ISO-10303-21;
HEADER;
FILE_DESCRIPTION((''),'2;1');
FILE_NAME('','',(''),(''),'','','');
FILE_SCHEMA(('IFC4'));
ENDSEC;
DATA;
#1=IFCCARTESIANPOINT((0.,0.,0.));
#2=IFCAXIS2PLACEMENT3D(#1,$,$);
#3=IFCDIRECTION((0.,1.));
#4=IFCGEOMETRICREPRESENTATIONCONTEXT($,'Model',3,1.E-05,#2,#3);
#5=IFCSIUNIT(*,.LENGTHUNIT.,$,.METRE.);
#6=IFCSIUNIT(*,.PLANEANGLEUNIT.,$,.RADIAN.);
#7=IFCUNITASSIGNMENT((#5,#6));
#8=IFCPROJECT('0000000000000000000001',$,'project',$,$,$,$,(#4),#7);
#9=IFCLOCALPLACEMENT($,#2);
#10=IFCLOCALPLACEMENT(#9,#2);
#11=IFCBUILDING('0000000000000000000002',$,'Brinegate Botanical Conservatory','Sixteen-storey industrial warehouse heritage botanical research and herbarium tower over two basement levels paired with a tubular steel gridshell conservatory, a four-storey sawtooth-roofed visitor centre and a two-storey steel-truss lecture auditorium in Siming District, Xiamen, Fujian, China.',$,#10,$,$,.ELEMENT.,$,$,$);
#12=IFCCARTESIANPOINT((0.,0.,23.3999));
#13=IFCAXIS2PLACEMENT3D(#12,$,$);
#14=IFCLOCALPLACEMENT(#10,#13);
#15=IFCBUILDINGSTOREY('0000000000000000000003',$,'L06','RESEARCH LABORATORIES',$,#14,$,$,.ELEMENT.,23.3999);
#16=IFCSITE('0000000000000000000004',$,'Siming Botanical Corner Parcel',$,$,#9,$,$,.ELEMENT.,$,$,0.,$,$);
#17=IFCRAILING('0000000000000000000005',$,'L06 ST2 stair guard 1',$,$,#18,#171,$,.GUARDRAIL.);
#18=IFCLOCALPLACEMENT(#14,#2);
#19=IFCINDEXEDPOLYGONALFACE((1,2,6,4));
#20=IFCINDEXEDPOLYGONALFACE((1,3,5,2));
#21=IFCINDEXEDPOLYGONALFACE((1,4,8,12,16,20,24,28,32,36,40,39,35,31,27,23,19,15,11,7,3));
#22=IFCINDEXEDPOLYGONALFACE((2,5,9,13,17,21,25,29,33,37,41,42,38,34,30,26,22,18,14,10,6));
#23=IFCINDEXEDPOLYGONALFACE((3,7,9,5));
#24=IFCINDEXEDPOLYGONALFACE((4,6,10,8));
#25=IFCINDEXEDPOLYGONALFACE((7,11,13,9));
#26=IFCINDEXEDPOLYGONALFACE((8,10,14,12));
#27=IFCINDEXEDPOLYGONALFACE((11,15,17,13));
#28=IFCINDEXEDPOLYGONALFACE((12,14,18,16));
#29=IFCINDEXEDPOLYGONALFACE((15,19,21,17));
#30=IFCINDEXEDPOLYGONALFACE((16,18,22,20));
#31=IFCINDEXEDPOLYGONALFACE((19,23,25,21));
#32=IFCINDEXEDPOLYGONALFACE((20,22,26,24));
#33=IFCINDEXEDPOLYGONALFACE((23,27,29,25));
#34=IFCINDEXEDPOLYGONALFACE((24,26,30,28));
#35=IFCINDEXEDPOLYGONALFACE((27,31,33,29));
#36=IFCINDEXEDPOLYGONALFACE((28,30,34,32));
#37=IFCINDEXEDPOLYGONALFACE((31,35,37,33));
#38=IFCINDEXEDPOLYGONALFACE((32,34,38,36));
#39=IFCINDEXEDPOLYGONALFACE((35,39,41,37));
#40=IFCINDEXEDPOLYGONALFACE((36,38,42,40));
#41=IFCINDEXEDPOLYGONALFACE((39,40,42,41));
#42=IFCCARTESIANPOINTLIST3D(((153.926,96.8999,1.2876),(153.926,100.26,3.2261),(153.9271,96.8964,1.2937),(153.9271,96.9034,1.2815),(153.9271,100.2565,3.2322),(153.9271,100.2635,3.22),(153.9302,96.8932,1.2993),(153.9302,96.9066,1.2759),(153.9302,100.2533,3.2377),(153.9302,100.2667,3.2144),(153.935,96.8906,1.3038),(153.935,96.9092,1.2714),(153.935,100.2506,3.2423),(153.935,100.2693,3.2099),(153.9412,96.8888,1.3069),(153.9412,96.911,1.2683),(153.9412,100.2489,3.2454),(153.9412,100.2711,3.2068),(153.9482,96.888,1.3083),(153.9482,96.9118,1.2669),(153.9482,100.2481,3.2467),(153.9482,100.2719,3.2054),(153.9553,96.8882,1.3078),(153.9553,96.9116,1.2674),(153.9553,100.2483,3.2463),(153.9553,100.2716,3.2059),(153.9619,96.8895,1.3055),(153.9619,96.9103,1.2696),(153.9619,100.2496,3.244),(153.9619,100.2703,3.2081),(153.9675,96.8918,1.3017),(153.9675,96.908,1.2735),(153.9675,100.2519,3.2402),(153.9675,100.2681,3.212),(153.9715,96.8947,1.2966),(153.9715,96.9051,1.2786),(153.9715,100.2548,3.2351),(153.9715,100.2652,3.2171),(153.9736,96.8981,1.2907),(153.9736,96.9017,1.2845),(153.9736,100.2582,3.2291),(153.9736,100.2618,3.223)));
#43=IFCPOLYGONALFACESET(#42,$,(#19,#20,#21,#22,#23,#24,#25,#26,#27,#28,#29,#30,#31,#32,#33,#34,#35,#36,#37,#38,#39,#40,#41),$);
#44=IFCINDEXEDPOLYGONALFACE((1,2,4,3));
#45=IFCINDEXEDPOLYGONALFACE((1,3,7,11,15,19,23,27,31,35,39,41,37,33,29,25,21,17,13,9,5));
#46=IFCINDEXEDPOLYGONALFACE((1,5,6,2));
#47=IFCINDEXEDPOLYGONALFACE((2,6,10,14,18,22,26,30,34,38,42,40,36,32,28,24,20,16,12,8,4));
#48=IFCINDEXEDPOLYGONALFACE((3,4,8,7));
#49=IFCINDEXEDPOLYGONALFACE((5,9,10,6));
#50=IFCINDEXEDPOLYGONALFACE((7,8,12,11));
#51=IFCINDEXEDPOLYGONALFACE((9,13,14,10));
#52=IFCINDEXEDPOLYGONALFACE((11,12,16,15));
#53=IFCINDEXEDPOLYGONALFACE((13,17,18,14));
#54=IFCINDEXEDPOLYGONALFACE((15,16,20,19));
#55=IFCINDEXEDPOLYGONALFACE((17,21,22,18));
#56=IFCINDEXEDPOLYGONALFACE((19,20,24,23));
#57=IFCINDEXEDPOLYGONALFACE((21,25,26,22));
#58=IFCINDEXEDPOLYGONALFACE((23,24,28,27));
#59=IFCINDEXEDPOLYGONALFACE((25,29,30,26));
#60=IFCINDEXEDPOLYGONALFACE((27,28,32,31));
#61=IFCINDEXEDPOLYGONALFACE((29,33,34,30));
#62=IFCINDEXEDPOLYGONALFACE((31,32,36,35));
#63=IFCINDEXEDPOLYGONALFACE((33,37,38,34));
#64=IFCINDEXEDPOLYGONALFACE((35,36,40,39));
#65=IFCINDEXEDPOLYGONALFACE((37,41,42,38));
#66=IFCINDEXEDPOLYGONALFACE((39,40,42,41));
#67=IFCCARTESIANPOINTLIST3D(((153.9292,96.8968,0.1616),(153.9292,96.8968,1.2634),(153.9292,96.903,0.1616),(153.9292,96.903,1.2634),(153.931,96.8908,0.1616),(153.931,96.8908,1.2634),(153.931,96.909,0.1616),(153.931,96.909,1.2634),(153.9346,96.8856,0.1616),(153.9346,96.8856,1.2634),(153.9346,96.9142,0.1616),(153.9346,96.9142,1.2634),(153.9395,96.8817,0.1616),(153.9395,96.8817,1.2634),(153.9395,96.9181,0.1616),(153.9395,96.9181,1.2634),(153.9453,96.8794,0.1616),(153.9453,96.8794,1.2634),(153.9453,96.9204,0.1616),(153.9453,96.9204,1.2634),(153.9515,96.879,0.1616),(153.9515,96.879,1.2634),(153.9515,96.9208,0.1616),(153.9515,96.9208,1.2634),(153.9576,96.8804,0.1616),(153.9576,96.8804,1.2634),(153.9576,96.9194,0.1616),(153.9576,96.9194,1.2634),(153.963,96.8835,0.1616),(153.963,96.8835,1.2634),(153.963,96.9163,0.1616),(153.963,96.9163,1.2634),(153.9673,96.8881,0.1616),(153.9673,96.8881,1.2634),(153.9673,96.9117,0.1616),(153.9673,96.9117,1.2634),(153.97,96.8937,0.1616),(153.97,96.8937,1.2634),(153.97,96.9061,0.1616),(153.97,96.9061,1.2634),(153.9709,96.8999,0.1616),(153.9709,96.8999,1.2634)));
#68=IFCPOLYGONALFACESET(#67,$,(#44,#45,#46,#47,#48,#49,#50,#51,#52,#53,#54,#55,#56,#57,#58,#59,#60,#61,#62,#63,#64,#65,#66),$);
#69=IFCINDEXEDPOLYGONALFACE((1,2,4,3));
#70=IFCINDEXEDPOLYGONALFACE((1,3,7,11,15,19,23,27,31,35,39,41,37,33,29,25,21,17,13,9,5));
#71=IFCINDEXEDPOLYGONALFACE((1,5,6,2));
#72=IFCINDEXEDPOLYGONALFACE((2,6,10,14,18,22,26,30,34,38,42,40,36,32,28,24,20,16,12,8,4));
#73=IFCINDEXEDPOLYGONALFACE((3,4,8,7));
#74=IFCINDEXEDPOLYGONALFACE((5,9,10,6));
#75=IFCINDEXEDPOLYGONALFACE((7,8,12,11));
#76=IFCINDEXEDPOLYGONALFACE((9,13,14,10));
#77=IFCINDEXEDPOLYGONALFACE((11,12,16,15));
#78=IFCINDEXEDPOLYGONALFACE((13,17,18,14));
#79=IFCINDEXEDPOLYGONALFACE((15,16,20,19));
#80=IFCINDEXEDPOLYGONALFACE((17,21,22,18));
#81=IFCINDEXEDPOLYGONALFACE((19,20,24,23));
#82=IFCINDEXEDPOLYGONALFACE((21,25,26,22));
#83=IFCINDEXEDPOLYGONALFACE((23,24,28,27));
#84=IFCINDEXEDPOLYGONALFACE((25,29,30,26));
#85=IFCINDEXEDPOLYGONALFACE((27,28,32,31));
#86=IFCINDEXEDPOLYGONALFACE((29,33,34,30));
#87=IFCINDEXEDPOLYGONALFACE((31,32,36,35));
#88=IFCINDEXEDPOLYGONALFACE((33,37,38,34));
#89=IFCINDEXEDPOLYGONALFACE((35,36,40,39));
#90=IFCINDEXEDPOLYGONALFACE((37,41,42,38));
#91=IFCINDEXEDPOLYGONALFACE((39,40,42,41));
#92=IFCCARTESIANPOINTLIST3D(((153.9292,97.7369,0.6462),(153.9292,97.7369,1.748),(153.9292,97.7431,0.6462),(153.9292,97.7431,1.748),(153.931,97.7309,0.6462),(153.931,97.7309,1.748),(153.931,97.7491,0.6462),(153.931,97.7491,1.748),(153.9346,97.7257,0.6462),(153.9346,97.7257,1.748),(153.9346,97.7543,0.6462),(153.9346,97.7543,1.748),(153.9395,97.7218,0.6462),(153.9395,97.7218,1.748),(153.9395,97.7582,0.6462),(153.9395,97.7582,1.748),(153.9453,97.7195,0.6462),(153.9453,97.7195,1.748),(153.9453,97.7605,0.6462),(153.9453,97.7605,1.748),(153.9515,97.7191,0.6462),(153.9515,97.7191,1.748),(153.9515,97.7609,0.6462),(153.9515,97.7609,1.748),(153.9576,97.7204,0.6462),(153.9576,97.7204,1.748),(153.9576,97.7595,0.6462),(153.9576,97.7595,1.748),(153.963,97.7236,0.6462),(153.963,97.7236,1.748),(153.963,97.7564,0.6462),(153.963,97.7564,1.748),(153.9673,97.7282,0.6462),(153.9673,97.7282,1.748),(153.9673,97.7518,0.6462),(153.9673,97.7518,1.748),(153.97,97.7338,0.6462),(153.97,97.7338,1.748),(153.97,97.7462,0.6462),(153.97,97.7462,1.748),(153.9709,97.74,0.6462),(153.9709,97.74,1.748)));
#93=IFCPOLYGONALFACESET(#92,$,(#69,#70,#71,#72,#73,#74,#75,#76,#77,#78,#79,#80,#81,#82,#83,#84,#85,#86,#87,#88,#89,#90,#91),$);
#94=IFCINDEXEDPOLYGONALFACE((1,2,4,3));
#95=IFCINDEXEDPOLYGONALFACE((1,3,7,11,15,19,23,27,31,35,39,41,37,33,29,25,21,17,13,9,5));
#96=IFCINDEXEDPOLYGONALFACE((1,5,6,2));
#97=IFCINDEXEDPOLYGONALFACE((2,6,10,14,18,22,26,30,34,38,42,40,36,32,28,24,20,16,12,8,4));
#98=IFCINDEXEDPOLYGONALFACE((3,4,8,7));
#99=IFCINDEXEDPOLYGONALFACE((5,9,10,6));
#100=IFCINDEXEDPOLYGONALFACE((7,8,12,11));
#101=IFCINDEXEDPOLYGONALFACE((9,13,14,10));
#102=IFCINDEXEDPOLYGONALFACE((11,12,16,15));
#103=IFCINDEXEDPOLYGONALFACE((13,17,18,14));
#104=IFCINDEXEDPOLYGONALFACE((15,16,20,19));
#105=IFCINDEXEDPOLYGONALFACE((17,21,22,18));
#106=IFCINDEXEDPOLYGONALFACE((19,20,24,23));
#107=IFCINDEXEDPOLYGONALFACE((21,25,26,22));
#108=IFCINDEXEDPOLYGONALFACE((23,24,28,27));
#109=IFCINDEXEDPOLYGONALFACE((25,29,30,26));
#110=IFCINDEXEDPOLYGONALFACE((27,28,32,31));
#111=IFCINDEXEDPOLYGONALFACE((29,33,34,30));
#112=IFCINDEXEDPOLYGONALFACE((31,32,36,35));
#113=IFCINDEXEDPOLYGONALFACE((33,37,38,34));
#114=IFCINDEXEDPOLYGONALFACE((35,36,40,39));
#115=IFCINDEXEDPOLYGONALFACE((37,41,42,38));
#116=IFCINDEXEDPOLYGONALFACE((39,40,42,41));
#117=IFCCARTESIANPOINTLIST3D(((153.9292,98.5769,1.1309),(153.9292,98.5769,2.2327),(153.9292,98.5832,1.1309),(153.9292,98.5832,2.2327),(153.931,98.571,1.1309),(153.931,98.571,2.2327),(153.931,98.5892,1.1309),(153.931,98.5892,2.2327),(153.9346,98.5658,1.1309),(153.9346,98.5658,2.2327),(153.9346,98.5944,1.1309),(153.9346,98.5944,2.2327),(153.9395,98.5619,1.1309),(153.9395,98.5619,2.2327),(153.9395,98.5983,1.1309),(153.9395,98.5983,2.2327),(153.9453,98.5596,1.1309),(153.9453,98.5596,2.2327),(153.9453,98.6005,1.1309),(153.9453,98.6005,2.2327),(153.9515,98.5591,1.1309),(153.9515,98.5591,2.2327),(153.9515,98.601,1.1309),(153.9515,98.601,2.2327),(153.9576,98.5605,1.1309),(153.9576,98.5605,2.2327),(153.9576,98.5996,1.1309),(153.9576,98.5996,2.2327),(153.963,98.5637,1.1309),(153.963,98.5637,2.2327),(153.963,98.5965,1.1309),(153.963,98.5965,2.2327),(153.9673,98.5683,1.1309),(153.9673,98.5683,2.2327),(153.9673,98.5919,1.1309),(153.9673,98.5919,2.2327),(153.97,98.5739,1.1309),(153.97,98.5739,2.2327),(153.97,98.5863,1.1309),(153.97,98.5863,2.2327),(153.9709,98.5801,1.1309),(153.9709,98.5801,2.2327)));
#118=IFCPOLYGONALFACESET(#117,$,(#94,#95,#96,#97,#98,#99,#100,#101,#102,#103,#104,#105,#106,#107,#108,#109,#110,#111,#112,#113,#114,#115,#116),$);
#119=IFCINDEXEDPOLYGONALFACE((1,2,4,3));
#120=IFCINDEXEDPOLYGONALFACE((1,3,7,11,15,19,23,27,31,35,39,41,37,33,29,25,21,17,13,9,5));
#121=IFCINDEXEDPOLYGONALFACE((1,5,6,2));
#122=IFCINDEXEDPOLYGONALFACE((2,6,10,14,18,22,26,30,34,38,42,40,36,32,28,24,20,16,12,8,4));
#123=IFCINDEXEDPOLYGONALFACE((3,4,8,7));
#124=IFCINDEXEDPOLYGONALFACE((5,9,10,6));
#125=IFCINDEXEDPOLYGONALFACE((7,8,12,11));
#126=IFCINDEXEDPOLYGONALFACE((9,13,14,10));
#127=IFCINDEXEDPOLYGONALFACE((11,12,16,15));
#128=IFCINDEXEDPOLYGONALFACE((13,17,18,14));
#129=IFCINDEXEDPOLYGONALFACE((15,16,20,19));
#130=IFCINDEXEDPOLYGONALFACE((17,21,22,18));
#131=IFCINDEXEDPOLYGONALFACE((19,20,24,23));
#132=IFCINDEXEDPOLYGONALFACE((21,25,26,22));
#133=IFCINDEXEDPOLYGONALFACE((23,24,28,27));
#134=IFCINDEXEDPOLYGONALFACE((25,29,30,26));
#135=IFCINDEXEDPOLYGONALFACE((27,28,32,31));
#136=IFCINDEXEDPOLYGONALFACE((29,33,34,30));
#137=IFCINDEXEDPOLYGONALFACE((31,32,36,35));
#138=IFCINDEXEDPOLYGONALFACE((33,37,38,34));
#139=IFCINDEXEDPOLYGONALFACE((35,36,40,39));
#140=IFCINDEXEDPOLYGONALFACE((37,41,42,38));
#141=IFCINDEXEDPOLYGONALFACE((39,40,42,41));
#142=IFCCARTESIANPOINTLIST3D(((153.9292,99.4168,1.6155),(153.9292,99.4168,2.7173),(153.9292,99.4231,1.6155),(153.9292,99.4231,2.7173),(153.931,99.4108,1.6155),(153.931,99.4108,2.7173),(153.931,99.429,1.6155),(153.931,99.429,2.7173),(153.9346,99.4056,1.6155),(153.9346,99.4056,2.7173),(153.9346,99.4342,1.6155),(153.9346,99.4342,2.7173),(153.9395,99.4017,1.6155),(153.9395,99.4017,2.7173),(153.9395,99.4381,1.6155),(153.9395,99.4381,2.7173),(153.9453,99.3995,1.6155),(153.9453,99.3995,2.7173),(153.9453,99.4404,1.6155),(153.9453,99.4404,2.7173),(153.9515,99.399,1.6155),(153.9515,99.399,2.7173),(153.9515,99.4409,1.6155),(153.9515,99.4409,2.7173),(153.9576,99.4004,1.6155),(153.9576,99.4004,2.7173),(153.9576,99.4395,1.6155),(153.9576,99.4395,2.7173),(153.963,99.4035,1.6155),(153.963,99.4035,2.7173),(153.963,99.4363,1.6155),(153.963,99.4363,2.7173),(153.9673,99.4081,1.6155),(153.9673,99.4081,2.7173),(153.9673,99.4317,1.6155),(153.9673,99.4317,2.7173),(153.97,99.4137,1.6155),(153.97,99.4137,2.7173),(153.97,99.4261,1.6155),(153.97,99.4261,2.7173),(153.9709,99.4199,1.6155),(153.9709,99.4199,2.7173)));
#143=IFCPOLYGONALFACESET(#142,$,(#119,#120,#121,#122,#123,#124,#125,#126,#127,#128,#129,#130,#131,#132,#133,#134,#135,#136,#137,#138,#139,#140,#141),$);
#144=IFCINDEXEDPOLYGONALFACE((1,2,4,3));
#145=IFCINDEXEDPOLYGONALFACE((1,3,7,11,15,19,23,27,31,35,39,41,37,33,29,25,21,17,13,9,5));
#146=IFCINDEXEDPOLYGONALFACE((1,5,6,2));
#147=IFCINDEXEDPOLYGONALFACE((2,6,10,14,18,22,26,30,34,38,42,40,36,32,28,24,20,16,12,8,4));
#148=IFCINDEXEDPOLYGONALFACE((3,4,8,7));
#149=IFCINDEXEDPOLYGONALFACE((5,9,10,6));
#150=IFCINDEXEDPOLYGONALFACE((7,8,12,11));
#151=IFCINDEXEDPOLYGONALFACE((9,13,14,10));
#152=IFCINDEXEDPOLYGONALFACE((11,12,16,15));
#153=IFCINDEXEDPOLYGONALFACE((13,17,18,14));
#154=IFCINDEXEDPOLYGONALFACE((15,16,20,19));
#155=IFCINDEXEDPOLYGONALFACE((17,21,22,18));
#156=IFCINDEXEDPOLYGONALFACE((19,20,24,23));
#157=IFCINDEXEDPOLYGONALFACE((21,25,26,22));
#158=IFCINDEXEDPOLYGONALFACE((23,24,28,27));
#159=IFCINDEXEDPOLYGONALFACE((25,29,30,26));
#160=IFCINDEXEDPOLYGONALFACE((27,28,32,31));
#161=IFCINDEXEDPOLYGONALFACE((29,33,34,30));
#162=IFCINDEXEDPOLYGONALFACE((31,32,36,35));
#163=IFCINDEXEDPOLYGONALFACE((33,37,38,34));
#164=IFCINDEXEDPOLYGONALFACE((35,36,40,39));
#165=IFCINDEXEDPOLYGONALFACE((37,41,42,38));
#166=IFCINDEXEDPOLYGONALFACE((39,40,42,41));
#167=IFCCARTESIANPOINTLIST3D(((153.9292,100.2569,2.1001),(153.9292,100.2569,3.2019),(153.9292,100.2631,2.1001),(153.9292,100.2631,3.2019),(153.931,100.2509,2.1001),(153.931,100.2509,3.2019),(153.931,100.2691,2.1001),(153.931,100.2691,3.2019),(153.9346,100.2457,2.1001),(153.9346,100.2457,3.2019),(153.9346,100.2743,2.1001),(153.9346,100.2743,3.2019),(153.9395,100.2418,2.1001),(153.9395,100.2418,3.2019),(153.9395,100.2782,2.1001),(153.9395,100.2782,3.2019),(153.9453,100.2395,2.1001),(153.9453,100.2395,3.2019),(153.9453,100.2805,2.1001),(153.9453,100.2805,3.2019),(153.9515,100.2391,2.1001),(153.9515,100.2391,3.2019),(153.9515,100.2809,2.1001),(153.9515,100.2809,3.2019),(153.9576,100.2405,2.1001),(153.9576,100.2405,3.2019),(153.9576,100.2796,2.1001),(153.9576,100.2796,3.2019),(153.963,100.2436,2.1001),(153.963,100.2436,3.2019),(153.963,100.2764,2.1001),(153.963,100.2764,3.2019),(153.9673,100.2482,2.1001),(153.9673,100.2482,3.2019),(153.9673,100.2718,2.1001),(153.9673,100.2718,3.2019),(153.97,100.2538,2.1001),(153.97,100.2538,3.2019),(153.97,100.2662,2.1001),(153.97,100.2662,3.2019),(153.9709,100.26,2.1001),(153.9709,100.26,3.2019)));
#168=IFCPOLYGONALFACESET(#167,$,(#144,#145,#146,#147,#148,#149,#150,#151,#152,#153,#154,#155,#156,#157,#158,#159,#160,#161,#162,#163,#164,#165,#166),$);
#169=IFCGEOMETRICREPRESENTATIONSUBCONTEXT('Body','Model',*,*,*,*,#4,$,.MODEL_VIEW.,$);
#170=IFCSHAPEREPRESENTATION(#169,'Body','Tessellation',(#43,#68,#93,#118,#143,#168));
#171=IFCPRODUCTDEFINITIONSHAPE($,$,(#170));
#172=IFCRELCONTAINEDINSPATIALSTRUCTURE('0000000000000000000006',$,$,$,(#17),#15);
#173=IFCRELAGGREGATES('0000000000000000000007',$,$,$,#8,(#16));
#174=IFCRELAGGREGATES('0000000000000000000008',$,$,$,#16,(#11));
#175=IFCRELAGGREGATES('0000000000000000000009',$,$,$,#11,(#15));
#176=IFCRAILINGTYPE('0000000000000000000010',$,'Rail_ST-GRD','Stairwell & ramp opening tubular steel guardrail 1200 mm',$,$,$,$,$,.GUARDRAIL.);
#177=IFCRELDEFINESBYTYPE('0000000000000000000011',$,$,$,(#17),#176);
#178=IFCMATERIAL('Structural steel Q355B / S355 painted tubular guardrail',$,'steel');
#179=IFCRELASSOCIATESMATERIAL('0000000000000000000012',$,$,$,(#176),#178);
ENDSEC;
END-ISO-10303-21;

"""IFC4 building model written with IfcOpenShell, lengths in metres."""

from ifc_helpers import new_model, si_unit, direction, frame, origin, origin_2d, place, context, subcontext, project, spatial, circle, extrude, material, type_object, element, save


model = new_model("IFC4")

# Units and contexts
model_context = context("Model", 3, precision=1e-05, world=origin(), true_north=direction((0.0, 1.0)))
body_context = subcontext(model_context, "Body", "Model", "MODEL_VIEW")
ifc_project = project(units=[si_unit("LENGTHUNIT", "METRE"), si_unit("PLANEANGLEUNIT", "RADIAN")], contexts=[model_context])

# Site, building, storey
site_placement = place(None, origin())
site = spatial("IfcSite", under=ifc_project, at=site_placement, Name="Siming Botanical Corner Parcel", CompositionType="ELEMENT", RefElevation=0.0)
building_placement = place(site_placement, origin())
building = spatial("IfcBuilding", under=site, at=building_placement, Name="Brinegate Botanical Conservatory", Description="Sixteen-storey industrial warehouse heritage botanical research and herbarium tower over two basement levels paired with a tubular steel gridshell conservatory, a four-storey sawtooth-roofed visitor centre and a two-storey steel-truss lecture auditorium in Siming District, Xiamen, Fujian, China.", CompositionType="ELEMENT")
storey_placement = place(building_placement, frame((0.0, 0.0, 23.3999)))
storey = spatial("IfcBuildingStorey", under=building, at=storey_placement, Name="L06", Description="RESEARCH LABORATORIES", CompositionType="ELEMENT", Elevation=23.3999)

# Railing
ifc_material_1 = material(Name="Structural steel Q355B / S355 painted tubular guardrail", Category="steel")
railing_type_1 = type_object("IfcRailingType", Name="Rail_ST-GRD", Description="Stairwell & ramp opening tubular steel guardrail 1200 mm", PredefinedType="GUARDRAIL", material=ifc_material_1)
railing_1_placement = place(storey_placement, frame((153.95, 96.8999, 0.1616)))
element("IfcRailing", 1, at=railing_1_placement, inside=storey, type_object=railing_type_1, Name="L06 ST2 stair guard 1", PredefinedType="GUARDRAIL", context=body_context, shape_type="SweptSolid", body=[
    extrude(circle(Radius=0.0239, at=origin_2d()), frame((0.0, 0.0, 1.126), z_axis=(0.0, 0.866191, 0.499713), x_axis=(-1.0, 0.0, 0.0)), (0.0, 0.0, 1.0), 3.8792),
    extrude(circle(Radius=0.021, at=origin_2d()), origin(), (0.0, 0.0, 1.0), 1.1018),
    extrude(circle(Radius=0.021, at=origin_2d()), frame((0.0, 0.8401, 0.4846)), (0.0, 0.0, 1.0), 1.1018),
    extrude(circle(Radius=0.021, at=origin_2d()), frame((0.0, 1.6802, 0.9692)), (0.0, 0.0, 1.0), 1.1018),
    extrude(circle(Radius=0.021, at=origin_2d()), frame((0.0, 2.52, 1.4539)), (0.0, 0.0, 1.0), 1.1018),
    extrude(circle(Radius=0.021, at=origin_2d()), frame((0.0, 3.3601, 1.9385)), (0.0, 0.0, 1.0), 1.1018),
])

save(model, "model.ifc")
